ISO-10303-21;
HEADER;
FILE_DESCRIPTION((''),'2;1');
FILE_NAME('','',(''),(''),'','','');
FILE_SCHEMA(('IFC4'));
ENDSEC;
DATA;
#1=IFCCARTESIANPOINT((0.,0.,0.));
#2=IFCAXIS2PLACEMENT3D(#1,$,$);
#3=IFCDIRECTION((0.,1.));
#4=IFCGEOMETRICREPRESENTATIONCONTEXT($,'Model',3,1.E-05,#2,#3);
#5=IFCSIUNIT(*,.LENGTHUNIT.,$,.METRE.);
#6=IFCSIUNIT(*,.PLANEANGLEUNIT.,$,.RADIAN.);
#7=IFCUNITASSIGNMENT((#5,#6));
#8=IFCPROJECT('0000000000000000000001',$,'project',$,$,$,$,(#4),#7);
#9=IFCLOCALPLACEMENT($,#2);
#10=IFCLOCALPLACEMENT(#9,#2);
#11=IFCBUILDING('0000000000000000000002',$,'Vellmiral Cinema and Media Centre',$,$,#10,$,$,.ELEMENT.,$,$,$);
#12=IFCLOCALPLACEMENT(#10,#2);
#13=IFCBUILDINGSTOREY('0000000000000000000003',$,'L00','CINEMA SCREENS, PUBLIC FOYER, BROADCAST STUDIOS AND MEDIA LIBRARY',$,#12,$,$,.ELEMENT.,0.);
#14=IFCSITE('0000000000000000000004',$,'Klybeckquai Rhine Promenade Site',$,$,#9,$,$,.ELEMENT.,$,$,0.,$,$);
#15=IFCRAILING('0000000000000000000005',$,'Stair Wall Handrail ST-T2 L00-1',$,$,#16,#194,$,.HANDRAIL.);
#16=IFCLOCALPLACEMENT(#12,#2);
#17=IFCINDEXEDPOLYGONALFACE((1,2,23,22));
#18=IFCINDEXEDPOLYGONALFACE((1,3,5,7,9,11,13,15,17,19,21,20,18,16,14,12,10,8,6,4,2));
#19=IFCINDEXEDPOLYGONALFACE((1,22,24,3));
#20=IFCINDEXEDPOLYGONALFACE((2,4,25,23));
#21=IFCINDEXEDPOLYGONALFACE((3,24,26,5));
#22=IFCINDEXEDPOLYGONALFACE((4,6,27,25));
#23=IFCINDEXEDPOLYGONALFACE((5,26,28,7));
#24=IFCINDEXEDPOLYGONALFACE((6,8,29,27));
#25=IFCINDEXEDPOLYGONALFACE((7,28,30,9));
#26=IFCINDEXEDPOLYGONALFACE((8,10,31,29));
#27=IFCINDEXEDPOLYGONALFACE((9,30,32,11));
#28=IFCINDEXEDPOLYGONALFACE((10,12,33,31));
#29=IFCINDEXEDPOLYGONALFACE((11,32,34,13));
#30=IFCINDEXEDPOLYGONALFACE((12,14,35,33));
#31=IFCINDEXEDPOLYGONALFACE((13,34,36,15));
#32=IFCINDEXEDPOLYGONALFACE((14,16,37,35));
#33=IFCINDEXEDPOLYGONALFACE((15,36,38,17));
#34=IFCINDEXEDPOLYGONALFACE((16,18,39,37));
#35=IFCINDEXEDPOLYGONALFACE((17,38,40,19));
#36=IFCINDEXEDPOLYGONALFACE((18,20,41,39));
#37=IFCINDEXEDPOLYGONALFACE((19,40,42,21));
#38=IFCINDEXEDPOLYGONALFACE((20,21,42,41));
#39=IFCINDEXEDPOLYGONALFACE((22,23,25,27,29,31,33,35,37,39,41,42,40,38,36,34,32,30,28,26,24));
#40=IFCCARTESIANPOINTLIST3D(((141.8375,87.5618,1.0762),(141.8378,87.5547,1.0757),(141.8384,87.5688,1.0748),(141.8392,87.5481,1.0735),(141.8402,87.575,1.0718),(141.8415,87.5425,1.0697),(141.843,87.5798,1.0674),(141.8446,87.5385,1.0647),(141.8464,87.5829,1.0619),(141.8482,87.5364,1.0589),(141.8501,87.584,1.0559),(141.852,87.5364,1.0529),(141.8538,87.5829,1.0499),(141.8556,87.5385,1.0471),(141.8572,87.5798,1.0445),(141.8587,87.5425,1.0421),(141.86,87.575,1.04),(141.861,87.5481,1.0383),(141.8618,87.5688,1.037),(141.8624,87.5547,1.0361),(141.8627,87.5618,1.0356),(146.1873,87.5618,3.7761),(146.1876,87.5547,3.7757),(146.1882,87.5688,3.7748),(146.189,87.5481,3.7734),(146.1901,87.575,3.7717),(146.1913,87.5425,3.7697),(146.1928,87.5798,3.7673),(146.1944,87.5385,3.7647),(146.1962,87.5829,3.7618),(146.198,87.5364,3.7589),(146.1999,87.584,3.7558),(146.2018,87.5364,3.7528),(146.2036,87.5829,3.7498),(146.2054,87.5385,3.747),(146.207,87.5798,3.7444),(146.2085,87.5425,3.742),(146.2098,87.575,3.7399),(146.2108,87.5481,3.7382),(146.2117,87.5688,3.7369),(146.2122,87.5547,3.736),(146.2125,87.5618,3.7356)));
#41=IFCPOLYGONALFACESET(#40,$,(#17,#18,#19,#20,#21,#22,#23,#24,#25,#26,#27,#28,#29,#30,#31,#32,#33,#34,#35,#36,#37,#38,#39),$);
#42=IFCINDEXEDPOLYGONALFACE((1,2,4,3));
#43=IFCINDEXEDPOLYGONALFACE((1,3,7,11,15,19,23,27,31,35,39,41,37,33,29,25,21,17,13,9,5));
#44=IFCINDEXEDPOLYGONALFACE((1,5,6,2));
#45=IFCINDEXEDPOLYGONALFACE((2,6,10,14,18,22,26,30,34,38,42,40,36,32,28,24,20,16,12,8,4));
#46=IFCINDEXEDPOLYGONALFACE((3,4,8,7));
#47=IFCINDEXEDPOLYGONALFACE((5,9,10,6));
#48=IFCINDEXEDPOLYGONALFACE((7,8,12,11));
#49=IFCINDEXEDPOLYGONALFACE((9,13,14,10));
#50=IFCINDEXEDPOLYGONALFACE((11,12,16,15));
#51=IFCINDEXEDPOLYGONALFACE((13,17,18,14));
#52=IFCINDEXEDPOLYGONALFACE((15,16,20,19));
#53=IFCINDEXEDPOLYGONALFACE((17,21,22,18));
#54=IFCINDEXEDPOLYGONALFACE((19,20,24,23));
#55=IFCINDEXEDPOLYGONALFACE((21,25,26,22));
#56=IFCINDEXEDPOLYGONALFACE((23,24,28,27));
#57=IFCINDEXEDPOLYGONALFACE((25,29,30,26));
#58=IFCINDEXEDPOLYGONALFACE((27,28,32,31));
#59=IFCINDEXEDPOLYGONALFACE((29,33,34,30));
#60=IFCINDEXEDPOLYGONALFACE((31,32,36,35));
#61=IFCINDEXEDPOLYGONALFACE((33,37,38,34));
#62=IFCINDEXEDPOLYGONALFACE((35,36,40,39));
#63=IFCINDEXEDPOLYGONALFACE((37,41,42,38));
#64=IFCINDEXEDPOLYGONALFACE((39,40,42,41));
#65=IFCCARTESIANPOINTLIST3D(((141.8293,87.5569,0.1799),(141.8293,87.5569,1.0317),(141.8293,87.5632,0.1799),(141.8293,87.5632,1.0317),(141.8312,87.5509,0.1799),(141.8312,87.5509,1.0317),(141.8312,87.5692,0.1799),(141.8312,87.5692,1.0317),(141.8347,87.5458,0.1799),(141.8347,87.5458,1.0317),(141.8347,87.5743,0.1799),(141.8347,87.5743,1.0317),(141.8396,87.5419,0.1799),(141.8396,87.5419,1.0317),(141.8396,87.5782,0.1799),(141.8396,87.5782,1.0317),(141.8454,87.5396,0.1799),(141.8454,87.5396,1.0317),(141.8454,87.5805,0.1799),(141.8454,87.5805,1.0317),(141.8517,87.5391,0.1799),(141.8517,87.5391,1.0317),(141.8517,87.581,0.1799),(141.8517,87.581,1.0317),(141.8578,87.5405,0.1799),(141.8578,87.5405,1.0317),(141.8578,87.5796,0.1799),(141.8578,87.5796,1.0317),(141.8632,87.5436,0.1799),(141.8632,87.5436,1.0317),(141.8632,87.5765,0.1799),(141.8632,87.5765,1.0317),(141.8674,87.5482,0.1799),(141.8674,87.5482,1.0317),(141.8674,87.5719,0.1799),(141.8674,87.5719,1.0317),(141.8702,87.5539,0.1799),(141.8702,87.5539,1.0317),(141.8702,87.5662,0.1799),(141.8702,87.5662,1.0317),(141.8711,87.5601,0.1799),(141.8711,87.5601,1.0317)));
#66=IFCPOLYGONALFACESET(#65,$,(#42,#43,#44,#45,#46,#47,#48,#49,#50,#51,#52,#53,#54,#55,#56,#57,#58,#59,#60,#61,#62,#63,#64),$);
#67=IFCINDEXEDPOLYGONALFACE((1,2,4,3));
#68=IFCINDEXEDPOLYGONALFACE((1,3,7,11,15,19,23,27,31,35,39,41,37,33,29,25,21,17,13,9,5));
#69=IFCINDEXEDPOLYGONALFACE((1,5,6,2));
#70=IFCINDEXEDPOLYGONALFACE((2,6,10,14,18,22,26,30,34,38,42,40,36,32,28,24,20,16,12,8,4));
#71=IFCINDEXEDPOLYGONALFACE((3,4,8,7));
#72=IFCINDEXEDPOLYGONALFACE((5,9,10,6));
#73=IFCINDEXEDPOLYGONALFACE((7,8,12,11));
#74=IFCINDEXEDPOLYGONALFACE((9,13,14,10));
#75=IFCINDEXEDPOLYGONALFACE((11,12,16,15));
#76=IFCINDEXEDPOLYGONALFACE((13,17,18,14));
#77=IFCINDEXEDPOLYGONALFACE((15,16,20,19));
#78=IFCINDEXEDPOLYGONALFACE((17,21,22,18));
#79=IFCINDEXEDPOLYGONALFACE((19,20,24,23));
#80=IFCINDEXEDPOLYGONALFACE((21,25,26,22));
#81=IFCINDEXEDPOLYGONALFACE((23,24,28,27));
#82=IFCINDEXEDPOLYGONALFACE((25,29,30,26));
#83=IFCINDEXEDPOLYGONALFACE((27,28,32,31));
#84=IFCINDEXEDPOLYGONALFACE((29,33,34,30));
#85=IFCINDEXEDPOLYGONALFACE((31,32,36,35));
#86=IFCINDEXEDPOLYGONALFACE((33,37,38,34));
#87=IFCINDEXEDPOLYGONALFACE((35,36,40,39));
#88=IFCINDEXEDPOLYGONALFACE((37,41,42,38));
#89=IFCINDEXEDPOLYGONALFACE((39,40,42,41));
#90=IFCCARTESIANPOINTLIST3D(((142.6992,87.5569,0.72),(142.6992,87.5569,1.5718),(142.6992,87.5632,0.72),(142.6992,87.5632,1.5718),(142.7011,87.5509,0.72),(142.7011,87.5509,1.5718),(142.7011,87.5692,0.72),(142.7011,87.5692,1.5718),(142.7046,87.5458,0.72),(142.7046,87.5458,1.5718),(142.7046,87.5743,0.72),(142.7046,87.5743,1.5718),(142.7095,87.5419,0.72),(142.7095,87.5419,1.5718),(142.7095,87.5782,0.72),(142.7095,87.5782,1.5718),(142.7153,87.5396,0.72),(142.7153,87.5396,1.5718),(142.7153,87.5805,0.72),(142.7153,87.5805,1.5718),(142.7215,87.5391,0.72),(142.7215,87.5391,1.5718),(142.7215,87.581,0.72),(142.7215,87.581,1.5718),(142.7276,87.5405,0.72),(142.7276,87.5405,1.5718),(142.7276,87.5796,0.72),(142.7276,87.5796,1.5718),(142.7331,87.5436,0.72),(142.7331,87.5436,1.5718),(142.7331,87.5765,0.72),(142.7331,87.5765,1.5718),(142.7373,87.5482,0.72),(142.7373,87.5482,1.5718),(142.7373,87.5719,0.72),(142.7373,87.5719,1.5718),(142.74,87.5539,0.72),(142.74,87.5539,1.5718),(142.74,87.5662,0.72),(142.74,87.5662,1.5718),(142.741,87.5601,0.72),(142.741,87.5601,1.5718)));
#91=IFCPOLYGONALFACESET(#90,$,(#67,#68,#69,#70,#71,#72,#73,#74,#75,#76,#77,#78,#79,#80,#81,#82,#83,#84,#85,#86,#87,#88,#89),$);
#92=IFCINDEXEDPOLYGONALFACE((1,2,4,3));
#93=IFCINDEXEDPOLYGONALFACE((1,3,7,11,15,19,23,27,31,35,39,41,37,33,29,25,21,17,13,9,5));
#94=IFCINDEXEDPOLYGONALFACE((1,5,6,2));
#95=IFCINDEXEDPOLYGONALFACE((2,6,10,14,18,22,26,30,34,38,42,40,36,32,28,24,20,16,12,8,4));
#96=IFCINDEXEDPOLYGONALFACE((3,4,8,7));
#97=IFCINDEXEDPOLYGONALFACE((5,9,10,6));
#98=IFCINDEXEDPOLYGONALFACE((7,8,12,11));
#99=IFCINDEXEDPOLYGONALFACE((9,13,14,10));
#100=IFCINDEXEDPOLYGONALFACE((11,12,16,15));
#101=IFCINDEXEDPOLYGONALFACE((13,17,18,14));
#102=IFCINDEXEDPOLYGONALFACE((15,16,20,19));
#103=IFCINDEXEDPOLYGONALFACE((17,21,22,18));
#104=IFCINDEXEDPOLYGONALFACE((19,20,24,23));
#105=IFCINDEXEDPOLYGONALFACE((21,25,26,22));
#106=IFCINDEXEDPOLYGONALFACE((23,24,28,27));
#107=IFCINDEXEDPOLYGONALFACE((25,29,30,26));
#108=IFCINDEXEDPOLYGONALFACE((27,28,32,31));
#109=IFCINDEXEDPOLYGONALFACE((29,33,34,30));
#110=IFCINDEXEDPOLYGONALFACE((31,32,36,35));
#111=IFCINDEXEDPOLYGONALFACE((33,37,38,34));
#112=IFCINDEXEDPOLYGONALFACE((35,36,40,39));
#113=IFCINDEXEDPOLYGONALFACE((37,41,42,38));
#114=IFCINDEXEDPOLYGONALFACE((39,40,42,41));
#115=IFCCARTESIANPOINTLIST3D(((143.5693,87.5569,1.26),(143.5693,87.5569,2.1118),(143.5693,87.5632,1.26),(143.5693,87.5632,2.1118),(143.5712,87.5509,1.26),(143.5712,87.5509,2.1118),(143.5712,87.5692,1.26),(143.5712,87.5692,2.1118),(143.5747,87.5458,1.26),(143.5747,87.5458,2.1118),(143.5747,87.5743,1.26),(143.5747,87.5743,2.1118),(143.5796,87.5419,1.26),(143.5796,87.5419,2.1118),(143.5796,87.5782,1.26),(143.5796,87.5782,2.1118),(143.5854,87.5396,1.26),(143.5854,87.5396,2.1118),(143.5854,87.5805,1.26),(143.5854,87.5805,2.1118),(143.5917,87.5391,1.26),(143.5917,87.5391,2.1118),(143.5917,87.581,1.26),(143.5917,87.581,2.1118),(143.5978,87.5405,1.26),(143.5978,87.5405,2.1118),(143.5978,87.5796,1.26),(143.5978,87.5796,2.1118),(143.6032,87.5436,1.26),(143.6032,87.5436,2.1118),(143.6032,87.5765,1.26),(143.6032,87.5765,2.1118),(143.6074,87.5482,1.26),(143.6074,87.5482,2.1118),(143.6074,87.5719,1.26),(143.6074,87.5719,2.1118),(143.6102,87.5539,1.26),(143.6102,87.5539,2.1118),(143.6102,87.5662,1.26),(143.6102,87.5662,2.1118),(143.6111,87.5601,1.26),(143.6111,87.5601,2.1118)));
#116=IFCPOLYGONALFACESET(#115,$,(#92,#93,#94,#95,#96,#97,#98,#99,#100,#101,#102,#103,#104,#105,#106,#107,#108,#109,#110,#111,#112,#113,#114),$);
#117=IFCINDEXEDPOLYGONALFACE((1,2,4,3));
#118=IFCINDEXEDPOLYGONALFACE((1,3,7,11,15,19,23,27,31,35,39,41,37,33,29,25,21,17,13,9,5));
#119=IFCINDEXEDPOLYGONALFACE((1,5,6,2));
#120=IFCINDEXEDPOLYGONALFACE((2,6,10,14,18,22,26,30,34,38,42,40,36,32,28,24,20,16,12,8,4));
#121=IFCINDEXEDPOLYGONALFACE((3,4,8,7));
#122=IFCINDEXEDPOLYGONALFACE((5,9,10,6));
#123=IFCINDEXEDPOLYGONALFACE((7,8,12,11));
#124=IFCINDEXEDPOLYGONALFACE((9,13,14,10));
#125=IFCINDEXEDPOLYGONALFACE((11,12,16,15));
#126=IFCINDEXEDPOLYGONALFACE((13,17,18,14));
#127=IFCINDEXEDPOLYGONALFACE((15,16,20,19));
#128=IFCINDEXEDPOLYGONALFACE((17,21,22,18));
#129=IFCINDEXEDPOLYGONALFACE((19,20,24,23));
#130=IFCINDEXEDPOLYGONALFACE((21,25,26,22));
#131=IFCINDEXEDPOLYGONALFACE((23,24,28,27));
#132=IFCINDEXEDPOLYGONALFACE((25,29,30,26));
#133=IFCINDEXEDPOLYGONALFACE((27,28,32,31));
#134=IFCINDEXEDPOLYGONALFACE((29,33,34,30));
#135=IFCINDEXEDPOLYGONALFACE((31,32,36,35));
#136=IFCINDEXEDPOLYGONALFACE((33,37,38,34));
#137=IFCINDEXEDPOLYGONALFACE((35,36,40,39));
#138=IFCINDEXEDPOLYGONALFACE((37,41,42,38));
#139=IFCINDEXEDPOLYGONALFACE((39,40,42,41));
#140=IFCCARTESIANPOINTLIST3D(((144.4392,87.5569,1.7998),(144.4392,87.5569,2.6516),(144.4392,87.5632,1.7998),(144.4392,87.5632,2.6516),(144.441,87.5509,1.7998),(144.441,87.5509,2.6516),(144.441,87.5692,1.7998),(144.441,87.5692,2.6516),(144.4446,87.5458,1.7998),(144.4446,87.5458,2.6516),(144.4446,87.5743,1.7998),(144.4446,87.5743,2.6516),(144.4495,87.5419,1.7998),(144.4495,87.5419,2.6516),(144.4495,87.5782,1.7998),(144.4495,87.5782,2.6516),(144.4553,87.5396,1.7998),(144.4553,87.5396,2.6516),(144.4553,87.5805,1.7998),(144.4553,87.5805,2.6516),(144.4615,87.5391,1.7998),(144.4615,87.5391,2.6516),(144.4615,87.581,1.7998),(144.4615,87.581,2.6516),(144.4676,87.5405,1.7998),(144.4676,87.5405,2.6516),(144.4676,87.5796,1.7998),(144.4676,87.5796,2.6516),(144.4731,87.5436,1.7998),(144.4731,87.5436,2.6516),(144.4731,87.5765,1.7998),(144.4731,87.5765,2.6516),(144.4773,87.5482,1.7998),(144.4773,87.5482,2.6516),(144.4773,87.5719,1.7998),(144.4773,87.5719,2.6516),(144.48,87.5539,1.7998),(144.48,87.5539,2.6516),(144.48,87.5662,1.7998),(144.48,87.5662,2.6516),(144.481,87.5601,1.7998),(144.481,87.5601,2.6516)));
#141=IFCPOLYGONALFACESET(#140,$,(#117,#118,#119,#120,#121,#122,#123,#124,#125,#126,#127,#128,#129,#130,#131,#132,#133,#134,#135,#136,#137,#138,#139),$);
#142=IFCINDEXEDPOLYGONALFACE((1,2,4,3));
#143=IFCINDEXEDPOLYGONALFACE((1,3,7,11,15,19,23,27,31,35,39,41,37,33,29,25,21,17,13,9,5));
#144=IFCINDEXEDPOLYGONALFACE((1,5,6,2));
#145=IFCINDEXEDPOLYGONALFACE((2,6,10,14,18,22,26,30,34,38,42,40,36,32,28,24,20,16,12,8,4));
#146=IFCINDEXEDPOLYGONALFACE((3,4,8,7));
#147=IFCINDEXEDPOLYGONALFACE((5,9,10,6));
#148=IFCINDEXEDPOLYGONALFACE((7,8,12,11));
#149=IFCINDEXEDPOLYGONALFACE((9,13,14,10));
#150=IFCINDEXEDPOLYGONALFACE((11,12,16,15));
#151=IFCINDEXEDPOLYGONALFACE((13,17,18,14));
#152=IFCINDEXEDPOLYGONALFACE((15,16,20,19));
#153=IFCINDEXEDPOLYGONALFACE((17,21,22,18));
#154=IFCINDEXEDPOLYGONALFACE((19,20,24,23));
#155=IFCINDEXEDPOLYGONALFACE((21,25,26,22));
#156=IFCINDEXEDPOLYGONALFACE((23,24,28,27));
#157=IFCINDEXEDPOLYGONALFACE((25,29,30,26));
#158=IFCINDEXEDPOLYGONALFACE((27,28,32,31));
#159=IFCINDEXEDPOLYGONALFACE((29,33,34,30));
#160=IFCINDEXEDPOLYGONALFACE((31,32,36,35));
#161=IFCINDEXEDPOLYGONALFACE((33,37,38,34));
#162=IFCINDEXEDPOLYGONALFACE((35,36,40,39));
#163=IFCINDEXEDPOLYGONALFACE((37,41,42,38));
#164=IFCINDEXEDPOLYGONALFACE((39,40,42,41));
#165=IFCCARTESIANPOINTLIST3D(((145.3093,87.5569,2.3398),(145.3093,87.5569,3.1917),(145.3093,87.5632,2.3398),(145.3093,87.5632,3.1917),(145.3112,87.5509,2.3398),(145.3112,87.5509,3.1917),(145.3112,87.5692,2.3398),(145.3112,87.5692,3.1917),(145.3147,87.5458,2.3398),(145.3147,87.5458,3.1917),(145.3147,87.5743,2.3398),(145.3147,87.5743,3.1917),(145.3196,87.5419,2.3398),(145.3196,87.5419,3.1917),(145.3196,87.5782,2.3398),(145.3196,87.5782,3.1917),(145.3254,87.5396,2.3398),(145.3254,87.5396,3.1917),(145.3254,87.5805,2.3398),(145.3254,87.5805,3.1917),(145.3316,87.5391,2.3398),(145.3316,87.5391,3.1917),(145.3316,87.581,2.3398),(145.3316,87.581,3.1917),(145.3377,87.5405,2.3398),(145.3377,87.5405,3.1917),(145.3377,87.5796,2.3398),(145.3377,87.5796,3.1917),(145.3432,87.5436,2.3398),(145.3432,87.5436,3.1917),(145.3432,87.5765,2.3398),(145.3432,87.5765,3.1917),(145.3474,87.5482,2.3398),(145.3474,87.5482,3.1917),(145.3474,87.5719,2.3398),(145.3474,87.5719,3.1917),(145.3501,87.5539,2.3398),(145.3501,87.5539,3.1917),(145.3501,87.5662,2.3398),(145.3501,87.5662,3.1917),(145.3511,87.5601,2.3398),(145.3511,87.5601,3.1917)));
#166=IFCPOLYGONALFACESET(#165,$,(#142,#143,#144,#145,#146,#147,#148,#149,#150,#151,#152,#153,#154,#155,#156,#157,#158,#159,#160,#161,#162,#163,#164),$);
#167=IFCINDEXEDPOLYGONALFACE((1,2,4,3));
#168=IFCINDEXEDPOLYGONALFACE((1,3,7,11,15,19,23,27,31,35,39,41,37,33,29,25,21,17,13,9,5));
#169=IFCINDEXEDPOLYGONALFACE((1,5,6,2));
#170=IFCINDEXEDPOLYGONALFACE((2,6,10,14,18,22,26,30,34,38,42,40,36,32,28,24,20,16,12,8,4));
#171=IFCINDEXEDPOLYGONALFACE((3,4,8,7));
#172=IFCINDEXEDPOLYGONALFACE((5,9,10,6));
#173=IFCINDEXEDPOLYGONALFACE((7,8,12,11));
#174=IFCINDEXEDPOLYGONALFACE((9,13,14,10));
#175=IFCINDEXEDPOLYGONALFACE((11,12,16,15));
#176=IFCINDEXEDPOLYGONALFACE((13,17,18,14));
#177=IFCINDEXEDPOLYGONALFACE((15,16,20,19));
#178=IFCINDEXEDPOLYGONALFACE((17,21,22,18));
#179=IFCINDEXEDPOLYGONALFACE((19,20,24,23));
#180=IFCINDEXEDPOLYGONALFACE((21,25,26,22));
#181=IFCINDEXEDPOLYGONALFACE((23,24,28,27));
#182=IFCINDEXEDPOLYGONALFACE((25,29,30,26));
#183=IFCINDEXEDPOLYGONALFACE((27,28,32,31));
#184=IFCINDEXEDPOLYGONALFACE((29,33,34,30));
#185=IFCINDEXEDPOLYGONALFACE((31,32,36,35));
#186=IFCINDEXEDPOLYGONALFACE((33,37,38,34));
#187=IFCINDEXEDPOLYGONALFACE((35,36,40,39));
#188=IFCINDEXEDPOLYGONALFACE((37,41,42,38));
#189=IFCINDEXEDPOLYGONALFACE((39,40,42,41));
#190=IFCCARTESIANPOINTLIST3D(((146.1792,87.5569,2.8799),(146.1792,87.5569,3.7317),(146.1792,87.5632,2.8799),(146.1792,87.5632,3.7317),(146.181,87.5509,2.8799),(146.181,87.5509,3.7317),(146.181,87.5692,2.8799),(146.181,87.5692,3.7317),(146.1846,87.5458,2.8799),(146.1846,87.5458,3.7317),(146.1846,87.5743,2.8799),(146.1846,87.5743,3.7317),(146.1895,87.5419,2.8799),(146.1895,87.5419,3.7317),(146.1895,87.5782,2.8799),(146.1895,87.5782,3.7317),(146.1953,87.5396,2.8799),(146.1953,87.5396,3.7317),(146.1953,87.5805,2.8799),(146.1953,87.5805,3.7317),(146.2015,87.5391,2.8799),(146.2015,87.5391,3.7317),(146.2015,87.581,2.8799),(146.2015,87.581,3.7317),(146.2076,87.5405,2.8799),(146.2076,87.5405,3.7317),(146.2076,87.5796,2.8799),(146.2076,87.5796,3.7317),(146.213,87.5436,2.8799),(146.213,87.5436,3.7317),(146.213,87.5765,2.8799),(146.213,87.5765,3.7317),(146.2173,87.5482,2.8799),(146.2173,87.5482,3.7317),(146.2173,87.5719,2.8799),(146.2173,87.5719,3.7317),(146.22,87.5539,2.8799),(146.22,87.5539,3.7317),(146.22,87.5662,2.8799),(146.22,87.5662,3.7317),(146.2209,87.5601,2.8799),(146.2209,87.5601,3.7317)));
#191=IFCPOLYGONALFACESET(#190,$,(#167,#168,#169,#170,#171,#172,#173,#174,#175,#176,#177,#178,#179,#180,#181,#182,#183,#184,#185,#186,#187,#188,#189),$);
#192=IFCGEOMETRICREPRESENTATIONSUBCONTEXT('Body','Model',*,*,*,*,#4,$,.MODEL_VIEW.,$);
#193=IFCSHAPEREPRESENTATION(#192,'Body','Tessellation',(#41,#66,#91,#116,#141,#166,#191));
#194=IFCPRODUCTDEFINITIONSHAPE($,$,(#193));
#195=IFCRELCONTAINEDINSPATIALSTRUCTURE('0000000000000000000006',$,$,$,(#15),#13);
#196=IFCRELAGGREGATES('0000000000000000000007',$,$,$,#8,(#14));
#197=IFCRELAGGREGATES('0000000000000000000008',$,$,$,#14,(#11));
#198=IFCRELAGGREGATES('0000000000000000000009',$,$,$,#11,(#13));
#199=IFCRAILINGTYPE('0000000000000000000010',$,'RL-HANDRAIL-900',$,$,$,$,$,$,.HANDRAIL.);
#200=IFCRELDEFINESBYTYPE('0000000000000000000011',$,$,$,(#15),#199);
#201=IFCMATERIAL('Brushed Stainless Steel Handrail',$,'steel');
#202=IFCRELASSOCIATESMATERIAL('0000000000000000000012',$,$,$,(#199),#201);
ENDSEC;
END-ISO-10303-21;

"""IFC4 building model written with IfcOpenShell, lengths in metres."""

from ifc_helpers import new_model, si_unit, direction, frame, origin, origin_2d, place, context, subcontext, project, spatial, circle, extrude, material, type_object, element, save


model = new_model("IFC4")

# Units and contexts
model_context = context("Model", 3, precision=1e-05, world=origin(), true_north=direction((0.0, 1.0)))
body_context = subcontext(model_context, "Body", "Model", "MODEL_VIEW")
ifc_project = project(units=[si_unit("LENGTHUNIT", "METRE"), si_unit("PLANEANGLEUNIT", "RADIAN")], contexts=[model_context])

# Site, building, storey
site_placement = place(None, origin())
site = spatial("IfcSite", under=ifc_project, at=site_placement, Name="Klybeckquai Rhine Promenade Site", CompositionType="ELEMENT", RefElevation=0.0)
building_placement = place(site_placement, origin())
building = spatial("IfcBuilding", under=site, at=building_placement, Name="Vellmiral Cinema and Media Centre", CompositionType="ELEMENT")
storey_placement = place(building_placement, origin())
storey = spatial("IfcBuildingStorey", under=building, at=storey_placement, Name="L00", Description="CINEMA SCREENS, PUBLIC FOYER, BROADCAST STUDIOS AND MEDIA LIBRARY", CompositionType="ELEMENT", Elevation=0.0)

# Railing
ifc_material_1 = material(Name="Brushed Stainless Steel Handrail", Category="steel")
railing_type_1 = type_object("IfcRailingType", Name="RL-HANDRAIL-900", PredefinedType="HANDRAIL", material=ifc_material_1)
railing_1_placement = place(storey_placement, frame((141.8501, 87.5601, 0.1799)))
element("IfcRailing", 1, at=railing_1_placement, inside=storey, type_object=railing_type_1, Name="Stair Wall Handrail ST-T2 L00-1", PredefinedType="HANDRAIL", context=body_context, shape_type="SweptSolid", body=[
    extrude(circle(Radius=0.0239, at=origin_2d()), frame((0.0, 0.0, 0.876), z_axis=(0.849636, 0.0, 0.527369), x_axis=(0.0, 1.0, 0.0)), (0.0, 0.0, 1.0), 5.1196),
    extrude(circle(Radius=0.021, at=origin_2d()), origin(), (0.0, 0.0, 1.0), 0.8518),
    extrude(circle(Radius=0.021, at=origin_2d()), frame((0.8699, 0.0, 0.54)), (0.0, 0.0, 1.0), 0.8518),
    extrude(circle(Radius=0.021, at=origin_2d()), frame((1.74, 0.0, 1.0801)), (0.0, 0.0, 1.0), 0.8518),
    extrude(circle(Radius=0.021, at=origin_2d()), frame((2.6099, 0.0, 1.6199)), (0.0, 0.0, 1.0), 0.8518),
    extrude(circle(Radius=0.021, at=origin_2d()), frame((3.48, 0.0, 2.1599)), (0.0, 0.0, 1.0), 0.8518),
    extrude(circle(Radius=0.021, at=origin_2d()), frame((4.3499, 0.0, 2.7)), (0.0, 0.0, 1.0), 0.8518),
])

save(model, "model.ifc")
